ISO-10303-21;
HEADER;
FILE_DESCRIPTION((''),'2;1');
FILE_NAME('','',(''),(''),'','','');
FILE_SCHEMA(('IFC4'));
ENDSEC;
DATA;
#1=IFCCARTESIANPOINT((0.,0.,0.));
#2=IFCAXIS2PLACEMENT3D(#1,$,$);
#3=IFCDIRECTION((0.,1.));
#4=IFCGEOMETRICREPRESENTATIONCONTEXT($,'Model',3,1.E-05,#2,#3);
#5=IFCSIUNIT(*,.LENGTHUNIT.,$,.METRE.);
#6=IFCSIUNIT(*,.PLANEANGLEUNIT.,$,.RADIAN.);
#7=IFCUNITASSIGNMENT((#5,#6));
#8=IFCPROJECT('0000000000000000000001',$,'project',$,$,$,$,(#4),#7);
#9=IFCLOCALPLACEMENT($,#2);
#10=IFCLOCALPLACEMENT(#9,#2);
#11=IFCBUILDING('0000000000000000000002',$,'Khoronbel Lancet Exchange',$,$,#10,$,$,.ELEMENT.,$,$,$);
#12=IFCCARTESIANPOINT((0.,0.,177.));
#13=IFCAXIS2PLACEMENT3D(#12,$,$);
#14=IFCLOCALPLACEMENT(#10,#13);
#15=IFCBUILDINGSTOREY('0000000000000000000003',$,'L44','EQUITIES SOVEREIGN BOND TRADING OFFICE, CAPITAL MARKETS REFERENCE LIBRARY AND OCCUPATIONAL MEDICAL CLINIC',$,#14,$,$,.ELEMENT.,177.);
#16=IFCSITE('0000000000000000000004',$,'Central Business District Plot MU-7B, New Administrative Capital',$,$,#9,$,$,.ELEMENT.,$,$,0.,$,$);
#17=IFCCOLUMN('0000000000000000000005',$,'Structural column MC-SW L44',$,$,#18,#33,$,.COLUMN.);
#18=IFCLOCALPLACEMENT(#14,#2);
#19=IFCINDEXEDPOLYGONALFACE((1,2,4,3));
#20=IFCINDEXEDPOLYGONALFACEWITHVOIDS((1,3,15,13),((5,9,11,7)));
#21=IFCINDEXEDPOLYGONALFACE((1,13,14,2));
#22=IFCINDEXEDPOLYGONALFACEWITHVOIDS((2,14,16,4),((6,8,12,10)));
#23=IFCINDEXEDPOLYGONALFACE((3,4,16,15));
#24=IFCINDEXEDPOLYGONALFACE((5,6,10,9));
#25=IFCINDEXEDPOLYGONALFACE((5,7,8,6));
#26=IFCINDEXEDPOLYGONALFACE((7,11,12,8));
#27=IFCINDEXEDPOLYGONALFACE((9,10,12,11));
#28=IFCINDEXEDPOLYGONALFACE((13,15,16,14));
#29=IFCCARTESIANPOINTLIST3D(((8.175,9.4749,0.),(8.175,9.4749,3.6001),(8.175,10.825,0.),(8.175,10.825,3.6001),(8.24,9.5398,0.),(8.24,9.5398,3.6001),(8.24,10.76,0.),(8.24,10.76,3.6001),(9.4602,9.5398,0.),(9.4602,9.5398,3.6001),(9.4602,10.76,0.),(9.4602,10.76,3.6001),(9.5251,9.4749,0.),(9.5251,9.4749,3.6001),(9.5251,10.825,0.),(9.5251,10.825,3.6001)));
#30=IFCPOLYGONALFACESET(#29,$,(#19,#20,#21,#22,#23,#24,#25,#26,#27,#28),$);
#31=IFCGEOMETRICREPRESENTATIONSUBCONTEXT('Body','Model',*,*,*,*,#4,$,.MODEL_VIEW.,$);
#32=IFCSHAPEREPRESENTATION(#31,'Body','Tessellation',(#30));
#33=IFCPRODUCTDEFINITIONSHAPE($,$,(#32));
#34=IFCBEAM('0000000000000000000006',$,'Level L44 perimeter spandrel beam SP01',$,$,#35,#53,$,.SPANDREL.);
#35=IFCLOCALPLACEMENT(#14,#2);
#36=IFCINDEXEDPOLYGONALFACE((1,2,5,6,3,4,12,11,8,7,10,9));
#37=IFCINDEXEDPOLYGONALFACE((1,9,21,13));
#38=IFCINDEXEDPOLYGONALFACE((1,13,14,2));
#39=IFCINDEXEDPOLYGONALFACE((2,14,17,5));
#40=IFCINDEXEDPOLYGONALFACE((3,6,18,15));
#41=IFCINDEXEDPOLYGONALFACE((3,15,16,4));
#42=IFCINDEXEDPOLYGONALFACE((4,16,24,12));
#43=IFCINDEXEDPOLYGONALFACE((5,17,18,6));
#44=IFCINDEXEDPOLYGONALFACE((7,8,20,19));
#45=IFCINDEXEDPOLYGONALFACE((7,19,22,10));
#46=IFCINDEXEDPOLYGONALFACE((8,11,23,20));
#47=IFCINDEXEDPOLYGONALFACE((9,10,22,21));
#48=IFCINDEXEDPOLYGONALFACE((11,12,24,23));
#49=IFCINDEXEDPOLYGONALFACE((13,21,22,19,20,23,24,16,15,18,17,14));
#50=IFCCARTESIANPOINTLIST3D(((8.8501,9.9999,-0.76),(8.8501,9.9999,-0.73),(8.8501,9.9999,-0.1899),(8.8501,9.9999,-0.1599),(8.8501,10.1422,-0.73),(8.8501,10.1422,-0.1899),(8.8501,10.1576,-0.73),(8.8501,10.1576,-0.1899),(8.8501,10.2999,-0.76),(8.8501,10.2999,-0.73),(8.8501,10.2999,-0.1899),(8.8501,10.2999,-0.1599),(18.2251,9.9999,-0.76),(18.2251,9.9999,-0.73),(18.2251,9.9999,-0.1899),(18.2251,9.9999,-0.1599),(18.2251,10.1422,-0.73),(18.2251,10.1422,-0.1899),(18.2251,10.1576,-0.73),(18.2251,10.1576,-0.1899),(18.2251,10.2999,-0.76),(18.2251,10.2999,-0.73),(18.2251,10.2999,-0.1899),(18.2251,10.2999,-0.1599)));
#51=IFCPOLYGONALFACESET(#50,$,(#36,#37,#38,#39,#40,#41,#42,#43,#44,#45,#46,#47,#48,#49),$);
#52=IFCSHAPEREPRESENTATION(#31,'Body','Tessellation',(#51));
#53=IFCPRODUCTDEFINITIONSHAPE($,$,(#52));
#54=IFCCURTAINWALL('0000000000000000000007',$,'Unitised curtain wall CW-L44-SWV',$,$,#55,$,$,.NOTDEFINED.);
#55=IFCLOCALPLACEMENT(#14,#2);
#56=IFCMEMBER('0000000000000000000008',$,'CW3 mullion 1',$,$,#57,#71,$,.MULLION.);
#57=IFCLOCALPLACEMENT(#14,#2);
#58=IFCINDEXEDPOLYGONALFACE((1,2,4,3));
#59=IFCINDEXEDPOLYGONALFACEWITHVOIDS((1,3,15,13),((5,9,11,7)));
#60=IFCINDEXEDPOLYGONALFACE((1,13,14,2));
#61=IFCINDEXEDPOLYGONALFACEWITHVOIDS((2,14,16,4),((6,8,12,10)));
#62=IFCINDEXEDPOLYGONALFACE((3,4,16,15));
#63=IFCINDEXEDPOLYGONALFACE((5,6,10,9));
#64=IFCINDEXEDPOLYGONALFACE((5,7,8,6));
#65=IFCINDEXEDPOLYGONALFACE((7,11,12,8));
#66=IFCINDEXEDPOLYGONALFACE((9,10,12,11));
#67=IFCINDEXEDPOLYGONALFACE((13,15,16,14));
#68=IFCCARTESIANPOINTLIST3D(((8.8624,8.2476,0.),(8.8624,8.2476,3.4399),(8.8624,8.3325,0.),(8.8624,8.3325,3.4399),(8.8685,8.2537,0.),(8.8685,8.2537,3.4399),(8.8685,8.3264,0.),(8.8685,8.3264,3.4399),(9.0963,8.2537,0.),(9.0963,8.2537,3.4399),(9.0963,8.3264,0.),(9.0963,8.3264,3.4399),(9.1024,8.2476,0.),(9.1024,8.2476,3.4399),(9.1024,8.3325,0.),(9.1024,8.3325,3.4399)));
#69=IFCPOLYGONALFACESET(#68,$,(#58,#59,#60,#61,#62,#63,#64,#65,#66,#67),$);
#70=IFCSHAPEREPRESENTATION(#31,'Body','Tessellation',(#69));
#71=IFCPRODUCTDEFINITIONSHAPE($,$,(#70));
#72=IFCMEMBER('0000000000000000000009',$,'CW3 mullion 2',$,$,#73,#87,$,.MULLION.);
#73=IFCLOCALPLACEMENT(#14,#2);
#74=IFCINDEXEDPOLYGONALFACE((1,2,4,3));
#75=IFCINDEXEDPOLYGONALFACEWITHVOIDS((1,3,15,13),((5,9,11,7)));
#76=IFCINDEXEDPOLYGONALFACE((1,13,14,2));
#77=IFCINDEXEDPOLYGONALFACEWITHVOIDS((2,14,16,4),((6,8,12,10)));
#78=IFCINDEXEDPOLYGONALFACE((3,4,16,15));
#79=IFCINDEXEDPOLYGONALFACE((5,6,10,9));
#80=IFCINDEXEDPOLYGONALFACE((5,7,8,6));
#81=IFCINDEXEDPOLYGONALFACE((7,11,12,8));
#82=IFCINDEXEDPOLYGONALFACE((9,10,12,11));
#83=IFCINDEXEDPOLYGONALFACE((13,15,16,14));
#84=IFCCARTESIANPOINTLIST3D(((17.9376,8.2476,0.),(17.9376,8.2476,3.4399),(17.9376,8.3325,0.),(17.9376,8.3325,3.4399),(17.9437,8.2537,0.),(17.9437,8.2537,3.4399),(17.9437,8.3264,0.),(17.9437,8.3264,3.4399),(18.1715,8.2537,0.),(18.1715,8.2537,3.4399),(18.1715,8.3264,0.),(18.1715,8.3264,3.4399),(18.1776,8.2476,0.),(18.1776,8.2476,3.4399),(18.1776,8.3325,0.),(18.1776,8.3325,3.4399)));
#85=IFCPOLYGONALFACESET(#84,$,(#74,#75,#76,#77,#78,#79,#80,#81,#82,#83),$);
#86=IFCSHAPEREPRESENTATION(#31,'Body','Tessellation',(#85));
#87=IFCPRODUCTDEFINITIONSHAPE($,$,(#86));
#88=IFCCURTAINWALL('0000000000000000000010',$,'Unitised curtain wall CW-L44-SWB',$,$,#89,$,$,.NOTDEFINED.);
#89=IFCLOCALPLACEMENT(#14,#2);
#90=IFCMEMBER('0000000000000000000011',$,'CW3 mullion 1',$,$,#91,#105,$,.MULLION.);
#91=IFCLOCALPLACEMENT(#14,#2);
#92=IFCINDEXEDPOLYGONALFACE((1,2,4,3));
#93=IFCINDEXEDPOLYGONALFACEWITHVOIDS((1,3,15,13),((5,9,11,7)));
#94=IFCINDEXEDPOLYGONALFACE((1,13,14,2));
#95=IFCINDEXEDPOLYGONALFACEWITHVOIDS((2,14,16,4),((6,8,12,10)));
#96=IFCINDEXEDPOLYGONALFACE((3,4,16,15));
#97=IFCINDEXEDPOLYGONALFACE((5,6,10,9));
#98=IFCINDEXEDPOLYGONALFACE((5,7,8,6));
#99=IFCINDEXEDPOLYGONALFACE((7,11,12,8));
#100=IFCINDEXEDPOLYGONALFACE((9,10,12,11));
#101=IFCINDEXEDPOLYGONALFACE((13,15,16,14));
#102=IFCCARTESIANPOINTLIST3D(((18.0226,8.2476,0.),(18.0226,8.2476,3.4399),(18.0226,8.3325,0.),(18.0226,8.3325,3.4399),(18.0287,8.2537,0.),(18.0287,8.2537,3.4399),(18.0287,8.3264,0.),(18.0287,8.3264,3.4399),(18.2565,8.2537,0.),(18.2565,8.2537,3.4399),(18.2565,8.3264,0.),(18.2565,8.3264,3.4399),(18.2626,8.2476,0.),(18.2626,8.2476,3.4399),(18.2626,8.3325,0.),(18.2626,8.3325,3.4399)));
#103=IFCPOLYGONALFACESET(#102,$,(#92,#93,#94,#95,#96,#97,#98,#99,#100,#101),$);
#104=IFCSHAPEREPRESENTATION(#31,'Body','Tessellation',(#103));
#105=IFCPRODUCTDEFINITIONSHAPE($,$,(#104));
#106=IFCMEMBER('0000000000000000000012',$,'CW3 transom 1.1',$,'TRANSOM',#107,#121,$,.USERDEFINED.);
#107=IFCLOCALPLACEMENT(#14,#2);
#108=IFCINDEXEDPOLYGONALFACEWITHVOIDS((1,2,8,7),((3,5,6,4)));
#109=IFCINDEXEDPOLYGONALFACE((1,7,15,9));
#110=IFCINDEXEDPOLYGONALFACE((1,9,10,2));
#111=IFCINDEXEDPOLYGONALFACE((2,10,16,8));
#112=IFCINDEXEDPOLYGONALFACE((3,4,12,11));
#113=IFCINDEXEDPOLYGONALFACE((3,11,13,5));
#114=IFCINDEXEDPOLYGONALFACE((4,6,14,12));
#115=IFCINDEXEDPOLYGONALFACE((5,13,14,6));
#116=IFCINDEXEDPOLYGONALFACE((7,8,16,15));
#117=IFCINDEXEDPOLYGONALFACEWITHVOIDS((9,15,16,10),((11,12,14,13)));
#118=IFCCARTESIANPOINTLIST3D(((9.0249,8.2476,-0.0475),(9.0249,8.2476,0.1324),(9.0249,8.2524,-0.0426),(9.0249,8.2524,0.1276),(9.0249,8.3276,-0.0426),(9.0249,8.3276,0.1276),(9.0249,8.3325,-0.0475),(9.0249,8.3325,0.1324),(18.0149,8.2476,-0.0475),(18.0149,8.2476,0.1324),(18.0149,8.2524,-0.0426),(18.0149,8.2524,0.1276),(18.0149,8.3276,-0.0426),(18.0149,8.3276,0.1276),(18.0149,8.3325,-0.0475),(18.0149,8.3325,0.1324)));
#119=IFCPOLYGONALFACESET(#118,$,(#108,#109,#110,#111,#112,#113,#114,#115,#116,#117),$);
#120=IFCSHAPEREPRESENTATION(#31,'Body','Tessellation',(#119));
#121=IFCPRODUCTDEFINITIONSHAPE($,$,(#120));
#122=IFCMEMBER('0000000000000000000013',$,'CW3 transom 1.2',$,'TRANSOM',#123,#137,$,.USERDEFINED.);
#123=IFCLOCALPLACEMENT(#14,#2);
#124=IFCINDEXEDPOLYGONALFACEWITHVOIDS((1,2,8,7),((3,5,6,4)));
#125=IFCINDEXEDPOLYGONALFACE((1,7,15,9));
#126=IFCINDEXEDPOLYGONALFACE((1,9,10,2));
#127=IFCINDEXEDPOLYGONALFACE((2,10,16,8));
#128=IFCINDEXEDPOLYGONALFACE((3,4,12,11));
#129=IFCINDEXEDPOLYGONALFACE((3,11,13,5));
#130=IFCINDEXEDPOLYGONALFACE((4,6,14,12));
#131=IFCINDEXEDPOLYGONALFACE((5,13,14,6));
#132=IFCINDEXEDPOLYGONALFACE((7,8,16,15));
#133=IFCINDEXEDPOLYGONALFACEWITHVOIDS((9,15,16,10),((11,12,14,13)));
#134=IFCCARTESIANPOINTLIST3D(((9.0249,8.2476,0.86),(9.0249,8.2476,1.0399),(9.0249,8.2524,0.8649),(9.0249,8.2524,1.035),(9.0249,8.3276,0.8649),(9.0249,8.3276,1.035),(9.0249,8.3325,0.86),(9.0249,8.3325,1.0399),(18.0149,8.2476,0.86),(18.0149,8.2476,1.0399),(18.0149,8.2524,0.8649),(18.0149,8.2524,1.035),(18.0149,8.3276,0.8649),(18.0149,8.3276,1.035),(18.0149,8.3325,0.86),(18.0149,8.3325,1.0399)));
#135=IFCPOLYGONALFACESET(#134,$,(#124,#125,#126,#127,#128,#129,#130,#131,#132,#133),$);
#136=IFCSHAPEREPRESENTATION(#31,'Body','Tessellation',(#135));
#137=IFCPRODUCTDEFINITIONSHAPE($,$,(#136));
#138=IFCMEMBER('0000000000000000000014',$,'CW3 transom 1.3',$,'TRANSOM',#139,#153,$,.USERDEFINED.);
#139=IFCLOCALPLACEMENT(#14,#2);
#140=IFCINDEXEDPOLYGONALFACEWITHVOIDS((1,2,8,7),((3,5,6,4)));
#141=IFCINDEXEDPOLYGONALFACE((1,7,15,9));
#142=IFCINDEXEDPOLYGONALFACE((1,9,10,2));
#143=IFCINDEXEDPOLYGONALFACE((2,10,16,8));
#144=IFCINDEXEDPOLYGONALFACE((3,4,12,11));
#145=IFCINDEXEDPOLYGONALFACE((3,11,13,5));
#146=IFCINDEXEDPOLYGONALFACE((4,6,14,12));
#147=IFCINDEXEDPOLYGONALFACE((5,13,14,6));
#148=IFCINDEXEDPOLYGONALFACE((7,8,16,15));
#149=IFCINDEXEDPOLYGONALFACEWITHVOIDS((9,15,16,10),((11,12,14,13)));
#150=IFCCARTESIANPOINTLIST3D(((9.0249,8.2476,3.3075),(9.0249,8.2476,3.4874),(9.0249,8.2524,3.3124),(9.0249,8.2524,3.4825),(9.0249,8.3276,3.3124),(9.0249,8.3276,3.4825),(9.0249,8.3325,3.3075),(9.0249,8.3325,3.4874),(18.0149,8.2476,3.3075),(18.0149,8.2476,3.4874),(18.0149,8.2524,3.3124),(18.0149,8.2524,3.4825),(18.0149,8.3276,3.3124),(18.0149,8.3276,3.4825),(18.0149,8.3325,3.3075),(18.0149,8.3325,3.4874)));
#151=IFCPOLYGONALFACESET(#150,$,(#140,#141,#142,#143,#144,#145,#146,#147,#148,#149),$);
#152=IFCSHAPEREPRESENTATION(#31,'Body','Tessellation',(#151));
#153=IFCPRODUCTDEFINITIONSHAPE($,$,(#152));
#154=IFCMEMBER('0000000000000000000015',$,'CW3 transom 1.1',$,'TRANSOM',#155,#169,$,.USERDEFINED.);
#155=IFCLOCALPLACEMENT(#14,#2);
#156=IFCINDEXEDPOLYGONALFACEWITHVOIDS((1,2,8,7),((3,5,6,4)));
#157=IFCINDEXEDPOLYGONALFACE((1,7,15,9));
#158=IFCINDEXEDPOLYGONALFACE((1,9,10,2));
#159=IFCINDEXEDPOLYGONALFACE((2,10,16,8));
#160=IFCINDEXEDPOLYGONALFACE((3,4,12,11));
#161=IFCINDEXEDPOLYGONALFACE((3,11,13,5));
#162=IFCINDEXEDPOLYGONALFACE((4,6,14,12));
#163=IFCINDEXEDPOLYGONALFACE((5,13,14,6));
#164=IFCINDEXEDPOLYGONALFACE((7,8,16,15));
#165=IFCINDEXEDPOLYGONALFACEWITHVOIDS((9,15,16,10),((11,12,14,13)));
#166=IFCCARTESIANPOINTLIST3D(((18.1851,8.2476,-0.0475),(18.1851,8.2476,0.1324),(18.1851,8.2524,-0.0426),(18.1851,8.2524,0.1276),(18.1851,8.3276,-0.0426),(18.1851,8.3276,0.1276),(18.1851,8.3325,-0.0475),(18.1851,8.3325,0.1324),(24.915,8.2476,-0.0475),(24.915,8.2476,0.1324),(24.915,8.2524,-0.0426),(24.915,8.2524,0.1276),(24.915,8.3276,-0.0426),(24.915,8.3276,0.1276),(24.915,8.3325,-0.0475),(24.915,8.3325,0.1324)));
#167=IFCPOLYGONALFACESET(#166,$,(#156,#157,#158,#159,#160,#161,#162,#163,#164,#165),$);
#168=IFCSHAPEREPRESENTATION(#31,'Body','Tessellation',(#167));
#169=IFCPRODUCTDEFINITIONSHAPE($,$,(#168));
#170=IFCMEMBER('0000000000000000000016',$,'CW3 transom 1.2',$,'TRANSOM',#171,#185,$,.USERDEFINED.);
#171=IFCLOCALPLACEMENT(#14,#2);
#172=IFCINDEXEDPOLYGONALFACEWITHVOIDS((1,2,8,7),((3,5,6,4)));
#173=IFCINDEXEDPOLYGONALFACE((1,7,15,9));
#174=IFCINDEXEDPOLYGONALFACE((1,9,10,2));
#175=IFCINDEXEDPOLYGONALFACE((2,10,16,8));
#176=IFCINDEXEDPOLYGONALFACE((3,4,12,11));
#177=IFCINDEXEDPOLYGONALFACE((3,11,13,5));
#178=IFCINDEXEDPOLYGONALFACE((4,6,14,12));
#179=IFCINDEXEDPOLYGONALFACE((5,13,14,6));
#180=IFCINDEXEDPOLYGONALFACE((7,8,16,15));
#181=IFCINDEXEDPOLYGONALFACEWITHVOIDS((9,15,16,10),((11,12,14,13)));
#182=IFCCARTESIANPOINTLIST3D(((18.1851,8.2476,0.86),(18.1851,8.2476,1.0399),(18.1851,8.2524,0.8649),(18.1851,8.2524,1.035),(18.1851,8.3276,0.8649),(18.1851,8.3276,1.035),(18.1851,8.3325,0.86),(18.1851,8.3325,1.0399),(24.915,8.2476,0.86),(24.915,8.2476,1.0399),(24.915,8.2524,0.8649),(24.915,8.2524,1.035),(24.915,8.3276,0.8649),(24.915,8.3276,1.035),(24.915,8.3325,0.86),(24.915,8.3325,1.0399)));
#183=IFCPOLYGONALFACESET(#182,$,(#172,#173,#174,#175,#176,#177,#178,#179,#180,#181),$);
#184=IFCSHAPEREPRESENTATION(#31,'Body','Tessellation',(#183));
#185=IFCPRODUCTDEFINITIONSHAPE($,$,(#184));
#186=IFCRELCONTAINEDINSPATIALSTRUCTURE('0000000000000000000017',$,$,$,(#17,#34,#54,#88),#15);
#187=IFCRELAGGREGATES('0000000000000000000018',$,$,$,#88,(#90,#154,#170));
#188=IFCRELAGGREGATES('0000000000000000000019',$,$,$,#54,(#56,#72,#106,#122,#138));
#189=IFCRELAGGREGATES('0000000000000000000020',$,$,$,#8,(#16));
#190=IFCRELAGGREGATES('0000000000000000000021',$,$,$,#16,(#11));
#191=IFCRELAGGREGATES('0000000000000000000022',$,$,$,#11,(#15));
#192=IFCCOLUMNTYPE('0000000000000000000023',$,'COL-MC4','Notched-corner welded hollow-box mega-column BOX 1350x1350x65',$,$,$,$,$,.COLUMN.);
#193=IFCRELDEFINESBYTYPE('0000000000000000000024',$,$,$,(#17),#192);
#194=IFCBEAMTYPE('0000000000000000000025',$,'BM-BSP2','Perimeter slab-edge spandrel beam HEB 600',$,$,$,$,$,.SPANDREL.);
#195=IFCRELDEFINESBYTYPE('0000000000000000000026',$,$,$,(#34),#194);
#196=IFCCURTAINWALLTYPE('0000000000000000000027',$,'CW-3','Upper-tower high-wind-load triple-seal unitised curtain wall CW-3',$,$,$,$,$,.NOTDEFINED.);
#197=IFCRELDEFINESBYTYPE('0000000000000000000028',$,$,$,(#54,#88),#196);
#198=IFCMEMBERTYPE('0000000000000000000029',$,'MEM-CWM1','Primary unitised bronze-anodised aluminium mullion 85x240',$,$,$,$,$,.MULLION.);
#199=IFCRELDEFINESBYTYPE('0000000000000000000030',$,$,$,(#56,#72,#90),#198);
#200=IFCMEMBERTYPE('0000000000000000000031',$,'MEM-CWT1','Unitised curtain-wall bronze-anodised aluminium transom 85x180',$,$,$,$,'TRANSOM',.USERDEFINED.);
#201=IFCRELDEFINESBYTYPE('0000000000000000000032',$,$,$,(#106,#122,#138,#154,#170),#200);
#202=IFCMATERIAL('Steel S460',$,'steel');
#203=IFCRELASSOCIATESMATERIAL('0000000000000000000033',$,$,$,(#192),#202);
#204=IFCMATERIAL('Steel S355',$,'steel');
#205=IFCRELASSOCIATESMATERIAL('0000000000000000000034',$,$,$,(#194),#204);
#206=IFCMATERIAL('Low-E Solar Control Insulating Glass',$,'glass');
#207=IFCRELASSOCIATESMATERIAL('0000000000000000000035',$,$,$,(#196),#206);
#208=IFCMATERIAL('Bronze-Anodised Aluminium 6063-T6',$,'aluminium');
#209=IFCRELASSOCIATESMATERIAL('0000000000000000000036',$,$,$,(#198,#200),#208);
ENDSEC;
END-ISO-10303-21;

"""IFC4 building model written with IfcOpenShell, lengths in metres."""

from ifc_helpers import new_model, si_unit, direction, frame, origin, origin_2d, place, context, subcontext, project, spatial, hollow_rectangle, i_section, extrude, material, material_profile, profile_set, type_object, element, aggregate, save


model = new_model("IFC4")

# Units and contexts
model_context = context("Model", 3, precision=1e-05, world=origin(), true_north=direction((0.0, 1.0)))
body_context = subcontext(model_context, "Body", "Model", "MODEL_VIEW")
ifc_project = project(units=[si_unit("LENGTHUNIT", "METRE"), si_unit("PLANEANGLEUNIT", "RADIAN")], contexts=[model_context])

# Site, building, storey
site_placement = place(None, origin())
site = spatial("IfcSite", under=ifc_project, at=site_placement, Name="Central Business District Plot MU-7B, New Administrative Capital", CompositionType="ELEMENT", RefElevation=0.0)
building_placement = place(site_placement, origin())
building = spatial("IfcBuilding", under=site, at=building_placement, Name="Khoronbel Lancet Exchange", CompositionType="ELEMENT")
storey_placement = place(building_placement, frame((0.0, 0.0, 177.0)))
storey = spatial("IfcBuildingStorey", under=building, at=storey_placement, Name="L44", Description="EQUITIES SOVEREIGN BOND TRADING OFFICE, CAPITAL MARKETS REFERENCE LIBRARY AND OCCUPATIONAL MEDICAL CLINIC", CompositionType="ELEMENT", Elevation=177.0)

# Column
ifc_material_1 = material(Name="Steel S460", Category="steel")
ifc_material_profile_1 = material_profile(ifc_material_1, hollow_rectangle(XDim=1.3501, YDim=1.3501, WallThickness=0.0649, at=origin_2d()), Name="BOX 1350x1350x65")
ifc_profile_set_1 = profile_set([ifc_material_profile_1], Name="Steel S460")
column_type = type_object("IfcColumnType", Name="COL-MC4", Description="Notched-corner welded hollow-box mega-column BOX 1350x1350x65", PredefinedType="COLUMN", material=ifc_profile_set_1)
column_placement = place(storey_placement, frame((8.8501, 10.1499, 0.0), z_axis=(0.0, 0.0, 1.0), x_axis=(1.0, 0.0, 0.0)))
element("IfcColumn", 1, at=column_placement, inside=storey, type_object=column_type, Name="Structural column MC-SW L44", PredefinedType="COLUMN", context=body_context, shape_type="SweptSolid", body=[
    extrude(hollow_rectangle(XDim=1.3501, YDim=1.3501, WallThickness=0.0649, at=origin_2d()), origin(), (0.0, 0.0, 1.0), 3.6001),
])

# Beam
ifc_material_2 = material(Name="Steel S355", Category="steel")
ifc_material_profile_2 = material_profile(ifc_material_2, i_section(OverallWidth=0.3, OverallDepth=0.6001, WebThickness=0.0154, FlangeThickness=0.03, at=origin_2d()), Name="HEB 600")
ifc_profile_set_2 = profile_set([ifc_material_profile_2], Name="Steel S355")
beam_type = type_object("IfcBeamType", Name="BM-BSP2", Description="Perimeter slab-edge spandrel beam HEB 600", PredefinedType="SPANDREL", material=ifc_profile_set_2)
beam_placement = place(storey_placement, frame((8.8501, 10.1499, -0.46), z_axis=(1.0, 0.0, 0.0), x_axis=(0.0, 1.0, 0.0)))
element("IfcBeam", 2, at=beam_placement, inside=storey, type_object=beam_type, Name="Level L44 perimeter spandrel beam SP01", PredefinedType="SPANDREL", context=body_context, shape_type="SweptSolid", body=[
    extrude(i_section(OverallWidth=0.3, OverallDepth=0.6001, WebThickness=0.0154, FlangeThickness=0.03, at=origin_2d()), origin(), (0.0, 0.0, 1.0), 9.375),
])

# Curtain wall, members
ifc_material_3 = material(Name="Low-E Solar Control Insulating Glass", Category="glass")
curtain_wall_type = type_object("IfcCurtainWallType", Name="CW-3", Description="Upper-tower high-wind-load triple-seal unitised curtain wall CW-3", PredefinedType="NOTDEFINED", material=ifc_material_3)
curtain_wall_1_placement = place(storey_placement, origin())
curtain_wall_1 = element("IfcCurtainWall", 3, at=curtain_wall_1_placement, inside=storey, type_object=curtain_wall_type, Name="Unitised curtain wall CW-L44-SWV", PredefinedType="NOTDEFINED")
ifc_material_4 = material(Name="Bronze-Anodised Aluminium 6063-T6", Category="aluminium")
ifc_material_profile_3 = material_profile(ifc_material_4, hollow_rectangle(XDim=0.085, YDim=0.24, WallThickness=0.0061, at=origin_2d()), Name="ALU MULLION 85x240")
ifc_profile_set_3 = profile_set([ifc_material_profile_3], Name="Bronze-Anodised Aluminium 6063-T6")
member_type_1 = type_object("IfcMemberType", Name="MEM-CWM1", Description="Primary unitised bronze-anodised aluminium mullion 85x240", PredefinedType="MULLION", material=ifc_profile_set_3)
member_1_placement = place(storey_placement, frame((8.9824, 8.29, 0.0), z_axis=(0.0, 0.0, 1.0), x_axis=(0.0, 1.0, 0.0)))
member_1 = element("IfcMember", 4, at=member_1_placement, type_object=member_type_1, Name="CW3 mullion 1", PredefinedType="MULLION", context=body_context, shape_type="SweptSolid", body=[
    extrude(hollow_rectangle(XDim=0.085, YDim=0.24, WallThickness=0.0061, at=origin_2d()), origin(), (0.0, 0.0, 1.0), 3.4399),
])
member_2_placement = place(storey_placement, frame((18.0576, 8.29, 0.0), z_axis=(0.0, 0.0, 1.0), x_axis=(0.0, 1.0, 0.0)))
member_2 = element("IfcMember", 5, at=member_2_placement, type_object=member_type_1, Name="CW3 mullion 2", PredefinedType="MULLION", context=body_context, shape_type="SweptSolid", body=[
    extrude(hollow_rectangle(XDim=0.085, YDim=0.24, WallThickness=0.0061, at=origin_2d()), origin(), (0.0, 0.0, 1.0), 3.4399),
])

# Curtain wall, member
curtain_wall_2_placement = place(storey_placement, origin())
curtain_wall_2 = element("IfcCurtainWall", 6, at=curtain_wall_2_placement, inside=storey, type_object=curtain_wall_type, Name="Unitised curtain wall CW-L44-SWB", PredefinedType="NOTDEFINED")
member_3_placement = place(storey_placement, frame((18.1426, 8.29, 0.0), z_axis=(0.0, 0.0, 1.0), x_axis=(0.0, 1.0, 0.0)))
member_3 = element("IfcMember", 7, at=member_3_placement, type_object=member_type_1, Name="CW3 mullion 1", PredefinedType="MULLION", context=body_context, shape_type="SweptSolid", body=[
    extrude(hollow_rectangle(XDim=0.085, YDim=0.24, WallThickness=0.0061, at=origin_2d()), origin(), (0.0, 0.0, 1.0), 3.4399),
])

# Members
ifc_material_profile_4 = material_profile(ifc_material_4, hollow_rectangle(XDim=0.085, YDim=0.1799, WallThickness=0.0049, at=origin_2d()), Name="ALU TRANSOM 85x180")
ifc_profile_set_4 = profile_set([ifc_material_profile_4], Name="Bronze-Anodised Aluminium 6063-T6")
member_type_2 = type_object("IfcMemberType", Name="MEM-CWT1", Description="Unitised curtain-wall bronze-anodised aluminium transom 85x180", ElementType="TRANSOM", PredefinedType="USERDEFINED", material=ifc_profile_set_4)
member_4_placement = place(storey_placement, frame((9.0249, 8.29, 0.0425), z_axis=(1.0, 0.0, 0.0), x_axis=(0.0, 1.0, 0.0)))
member_4 = element("IfcMember", 8, at=member_4_placement, type_object=member_type_2, Name="CW3 transom 1.1", ObjectType="TRANSOM", PredefinedType="USERDEFINED", context=body_context, shape_type="SweptSolid", body=[
    extrude(hollow_rectangle(XDim=0.085, YDim=0.1799, WallThickness=0.0049, at=origin_2d()), origin(), (0.0, 0.0, 1.0), 8.99),
])
member_5_placement = place(storey_placement, frame((9.0249, 8.29, 0.95), z_axis=(1.0, 0.0, 0.0), x_axis=(0.0, 1.0, 0.0)))
member_5 = element("IfcMember", 9, at=member_5_placement, type_object=member_type_2, Name="CW3 transom 1.2", ObjectType="TRANSOM", PredefinedType="USERDEFINED", context=body_context, shape_type="SweptSolid", body=[
    extrude(hollow_rectangle(XDim=0.085, YDim=0.1799, WallThickness=0.0049, at=origin_2d()), origin(), (0.0, 0.0, 1.0), 8.99),
])
member_6_placement = place(storey_placement, frame((9.0249, 8.29, 3.3975), z_axis=(1.0, 0.0, 0.0), x_axis=(0.0, 1.0, 0.0)))
member_6 = element("IfcMember", 10, at=member_6_placement, type_object=member_type_2, Name="CW3 transom 1.3", ObjectType="TRANSOM", PredefinedType="USERDEFINED", context=body_context, shape_type="SweptSolid", body=[
    extrude(hollow_rectangle(XDim=0.085, YDim=0.1799, WallThickness=0.0049, at=origin_2d()), origin(), (0.0, 0.0, 1.0), 8.99),
])
member_7_placement = place(storey_placement, frame((18.1851, 8.29, 0.0425), z_axis=(1.0, 0.0, 0.0), x_axis=(0.0, 1.0, 0.0)))
member_7 = element("IfcMember", 11, at=member_7_placement, type_object=member_type_2, Name="CW3 transom 1.1", ObjectType="TRANSOM", PredefinedType="USERDEFINED", context=body_context, shape_type="SweptSolid", body=[
    extrude(hollow_rectangle(XDim=0.085, YDim=0.1799, WallThickness=0.0049, at=origin_2d()), origin(), (0.0, 0.0, 1.0), 6.73),
])
member_8_placement = place(storey_placement, frame((18.1851, 8.29, 0.95), z_axis=(1.0, 0.0, 0.0), x_axis=(0.0, 1.0, 0.0)))
member_8 = element("IfcMember", 12, at=member_8_placement, type_object=member_type_2, Name="CW3 transom 1.2", ObjectType="TRANSOM", PredefinedType="USERDEFINED", context=body_context, shape_type="SweptSolid", body=[
    extrude(hollow_rectangle(XDim=0.085, YDim=0.1799, WallThickness=0.0049, at=origin_2d()), origin(), (0.0, 0.0, 1.0), 6.73),
])
aggregate(curtain_wall_2, [member_3, member_7, member_8])

aggregate(curtain_wall_1, [member_1, member_2, member_4, member_5, member_6])

save(model, "model.ifc")
